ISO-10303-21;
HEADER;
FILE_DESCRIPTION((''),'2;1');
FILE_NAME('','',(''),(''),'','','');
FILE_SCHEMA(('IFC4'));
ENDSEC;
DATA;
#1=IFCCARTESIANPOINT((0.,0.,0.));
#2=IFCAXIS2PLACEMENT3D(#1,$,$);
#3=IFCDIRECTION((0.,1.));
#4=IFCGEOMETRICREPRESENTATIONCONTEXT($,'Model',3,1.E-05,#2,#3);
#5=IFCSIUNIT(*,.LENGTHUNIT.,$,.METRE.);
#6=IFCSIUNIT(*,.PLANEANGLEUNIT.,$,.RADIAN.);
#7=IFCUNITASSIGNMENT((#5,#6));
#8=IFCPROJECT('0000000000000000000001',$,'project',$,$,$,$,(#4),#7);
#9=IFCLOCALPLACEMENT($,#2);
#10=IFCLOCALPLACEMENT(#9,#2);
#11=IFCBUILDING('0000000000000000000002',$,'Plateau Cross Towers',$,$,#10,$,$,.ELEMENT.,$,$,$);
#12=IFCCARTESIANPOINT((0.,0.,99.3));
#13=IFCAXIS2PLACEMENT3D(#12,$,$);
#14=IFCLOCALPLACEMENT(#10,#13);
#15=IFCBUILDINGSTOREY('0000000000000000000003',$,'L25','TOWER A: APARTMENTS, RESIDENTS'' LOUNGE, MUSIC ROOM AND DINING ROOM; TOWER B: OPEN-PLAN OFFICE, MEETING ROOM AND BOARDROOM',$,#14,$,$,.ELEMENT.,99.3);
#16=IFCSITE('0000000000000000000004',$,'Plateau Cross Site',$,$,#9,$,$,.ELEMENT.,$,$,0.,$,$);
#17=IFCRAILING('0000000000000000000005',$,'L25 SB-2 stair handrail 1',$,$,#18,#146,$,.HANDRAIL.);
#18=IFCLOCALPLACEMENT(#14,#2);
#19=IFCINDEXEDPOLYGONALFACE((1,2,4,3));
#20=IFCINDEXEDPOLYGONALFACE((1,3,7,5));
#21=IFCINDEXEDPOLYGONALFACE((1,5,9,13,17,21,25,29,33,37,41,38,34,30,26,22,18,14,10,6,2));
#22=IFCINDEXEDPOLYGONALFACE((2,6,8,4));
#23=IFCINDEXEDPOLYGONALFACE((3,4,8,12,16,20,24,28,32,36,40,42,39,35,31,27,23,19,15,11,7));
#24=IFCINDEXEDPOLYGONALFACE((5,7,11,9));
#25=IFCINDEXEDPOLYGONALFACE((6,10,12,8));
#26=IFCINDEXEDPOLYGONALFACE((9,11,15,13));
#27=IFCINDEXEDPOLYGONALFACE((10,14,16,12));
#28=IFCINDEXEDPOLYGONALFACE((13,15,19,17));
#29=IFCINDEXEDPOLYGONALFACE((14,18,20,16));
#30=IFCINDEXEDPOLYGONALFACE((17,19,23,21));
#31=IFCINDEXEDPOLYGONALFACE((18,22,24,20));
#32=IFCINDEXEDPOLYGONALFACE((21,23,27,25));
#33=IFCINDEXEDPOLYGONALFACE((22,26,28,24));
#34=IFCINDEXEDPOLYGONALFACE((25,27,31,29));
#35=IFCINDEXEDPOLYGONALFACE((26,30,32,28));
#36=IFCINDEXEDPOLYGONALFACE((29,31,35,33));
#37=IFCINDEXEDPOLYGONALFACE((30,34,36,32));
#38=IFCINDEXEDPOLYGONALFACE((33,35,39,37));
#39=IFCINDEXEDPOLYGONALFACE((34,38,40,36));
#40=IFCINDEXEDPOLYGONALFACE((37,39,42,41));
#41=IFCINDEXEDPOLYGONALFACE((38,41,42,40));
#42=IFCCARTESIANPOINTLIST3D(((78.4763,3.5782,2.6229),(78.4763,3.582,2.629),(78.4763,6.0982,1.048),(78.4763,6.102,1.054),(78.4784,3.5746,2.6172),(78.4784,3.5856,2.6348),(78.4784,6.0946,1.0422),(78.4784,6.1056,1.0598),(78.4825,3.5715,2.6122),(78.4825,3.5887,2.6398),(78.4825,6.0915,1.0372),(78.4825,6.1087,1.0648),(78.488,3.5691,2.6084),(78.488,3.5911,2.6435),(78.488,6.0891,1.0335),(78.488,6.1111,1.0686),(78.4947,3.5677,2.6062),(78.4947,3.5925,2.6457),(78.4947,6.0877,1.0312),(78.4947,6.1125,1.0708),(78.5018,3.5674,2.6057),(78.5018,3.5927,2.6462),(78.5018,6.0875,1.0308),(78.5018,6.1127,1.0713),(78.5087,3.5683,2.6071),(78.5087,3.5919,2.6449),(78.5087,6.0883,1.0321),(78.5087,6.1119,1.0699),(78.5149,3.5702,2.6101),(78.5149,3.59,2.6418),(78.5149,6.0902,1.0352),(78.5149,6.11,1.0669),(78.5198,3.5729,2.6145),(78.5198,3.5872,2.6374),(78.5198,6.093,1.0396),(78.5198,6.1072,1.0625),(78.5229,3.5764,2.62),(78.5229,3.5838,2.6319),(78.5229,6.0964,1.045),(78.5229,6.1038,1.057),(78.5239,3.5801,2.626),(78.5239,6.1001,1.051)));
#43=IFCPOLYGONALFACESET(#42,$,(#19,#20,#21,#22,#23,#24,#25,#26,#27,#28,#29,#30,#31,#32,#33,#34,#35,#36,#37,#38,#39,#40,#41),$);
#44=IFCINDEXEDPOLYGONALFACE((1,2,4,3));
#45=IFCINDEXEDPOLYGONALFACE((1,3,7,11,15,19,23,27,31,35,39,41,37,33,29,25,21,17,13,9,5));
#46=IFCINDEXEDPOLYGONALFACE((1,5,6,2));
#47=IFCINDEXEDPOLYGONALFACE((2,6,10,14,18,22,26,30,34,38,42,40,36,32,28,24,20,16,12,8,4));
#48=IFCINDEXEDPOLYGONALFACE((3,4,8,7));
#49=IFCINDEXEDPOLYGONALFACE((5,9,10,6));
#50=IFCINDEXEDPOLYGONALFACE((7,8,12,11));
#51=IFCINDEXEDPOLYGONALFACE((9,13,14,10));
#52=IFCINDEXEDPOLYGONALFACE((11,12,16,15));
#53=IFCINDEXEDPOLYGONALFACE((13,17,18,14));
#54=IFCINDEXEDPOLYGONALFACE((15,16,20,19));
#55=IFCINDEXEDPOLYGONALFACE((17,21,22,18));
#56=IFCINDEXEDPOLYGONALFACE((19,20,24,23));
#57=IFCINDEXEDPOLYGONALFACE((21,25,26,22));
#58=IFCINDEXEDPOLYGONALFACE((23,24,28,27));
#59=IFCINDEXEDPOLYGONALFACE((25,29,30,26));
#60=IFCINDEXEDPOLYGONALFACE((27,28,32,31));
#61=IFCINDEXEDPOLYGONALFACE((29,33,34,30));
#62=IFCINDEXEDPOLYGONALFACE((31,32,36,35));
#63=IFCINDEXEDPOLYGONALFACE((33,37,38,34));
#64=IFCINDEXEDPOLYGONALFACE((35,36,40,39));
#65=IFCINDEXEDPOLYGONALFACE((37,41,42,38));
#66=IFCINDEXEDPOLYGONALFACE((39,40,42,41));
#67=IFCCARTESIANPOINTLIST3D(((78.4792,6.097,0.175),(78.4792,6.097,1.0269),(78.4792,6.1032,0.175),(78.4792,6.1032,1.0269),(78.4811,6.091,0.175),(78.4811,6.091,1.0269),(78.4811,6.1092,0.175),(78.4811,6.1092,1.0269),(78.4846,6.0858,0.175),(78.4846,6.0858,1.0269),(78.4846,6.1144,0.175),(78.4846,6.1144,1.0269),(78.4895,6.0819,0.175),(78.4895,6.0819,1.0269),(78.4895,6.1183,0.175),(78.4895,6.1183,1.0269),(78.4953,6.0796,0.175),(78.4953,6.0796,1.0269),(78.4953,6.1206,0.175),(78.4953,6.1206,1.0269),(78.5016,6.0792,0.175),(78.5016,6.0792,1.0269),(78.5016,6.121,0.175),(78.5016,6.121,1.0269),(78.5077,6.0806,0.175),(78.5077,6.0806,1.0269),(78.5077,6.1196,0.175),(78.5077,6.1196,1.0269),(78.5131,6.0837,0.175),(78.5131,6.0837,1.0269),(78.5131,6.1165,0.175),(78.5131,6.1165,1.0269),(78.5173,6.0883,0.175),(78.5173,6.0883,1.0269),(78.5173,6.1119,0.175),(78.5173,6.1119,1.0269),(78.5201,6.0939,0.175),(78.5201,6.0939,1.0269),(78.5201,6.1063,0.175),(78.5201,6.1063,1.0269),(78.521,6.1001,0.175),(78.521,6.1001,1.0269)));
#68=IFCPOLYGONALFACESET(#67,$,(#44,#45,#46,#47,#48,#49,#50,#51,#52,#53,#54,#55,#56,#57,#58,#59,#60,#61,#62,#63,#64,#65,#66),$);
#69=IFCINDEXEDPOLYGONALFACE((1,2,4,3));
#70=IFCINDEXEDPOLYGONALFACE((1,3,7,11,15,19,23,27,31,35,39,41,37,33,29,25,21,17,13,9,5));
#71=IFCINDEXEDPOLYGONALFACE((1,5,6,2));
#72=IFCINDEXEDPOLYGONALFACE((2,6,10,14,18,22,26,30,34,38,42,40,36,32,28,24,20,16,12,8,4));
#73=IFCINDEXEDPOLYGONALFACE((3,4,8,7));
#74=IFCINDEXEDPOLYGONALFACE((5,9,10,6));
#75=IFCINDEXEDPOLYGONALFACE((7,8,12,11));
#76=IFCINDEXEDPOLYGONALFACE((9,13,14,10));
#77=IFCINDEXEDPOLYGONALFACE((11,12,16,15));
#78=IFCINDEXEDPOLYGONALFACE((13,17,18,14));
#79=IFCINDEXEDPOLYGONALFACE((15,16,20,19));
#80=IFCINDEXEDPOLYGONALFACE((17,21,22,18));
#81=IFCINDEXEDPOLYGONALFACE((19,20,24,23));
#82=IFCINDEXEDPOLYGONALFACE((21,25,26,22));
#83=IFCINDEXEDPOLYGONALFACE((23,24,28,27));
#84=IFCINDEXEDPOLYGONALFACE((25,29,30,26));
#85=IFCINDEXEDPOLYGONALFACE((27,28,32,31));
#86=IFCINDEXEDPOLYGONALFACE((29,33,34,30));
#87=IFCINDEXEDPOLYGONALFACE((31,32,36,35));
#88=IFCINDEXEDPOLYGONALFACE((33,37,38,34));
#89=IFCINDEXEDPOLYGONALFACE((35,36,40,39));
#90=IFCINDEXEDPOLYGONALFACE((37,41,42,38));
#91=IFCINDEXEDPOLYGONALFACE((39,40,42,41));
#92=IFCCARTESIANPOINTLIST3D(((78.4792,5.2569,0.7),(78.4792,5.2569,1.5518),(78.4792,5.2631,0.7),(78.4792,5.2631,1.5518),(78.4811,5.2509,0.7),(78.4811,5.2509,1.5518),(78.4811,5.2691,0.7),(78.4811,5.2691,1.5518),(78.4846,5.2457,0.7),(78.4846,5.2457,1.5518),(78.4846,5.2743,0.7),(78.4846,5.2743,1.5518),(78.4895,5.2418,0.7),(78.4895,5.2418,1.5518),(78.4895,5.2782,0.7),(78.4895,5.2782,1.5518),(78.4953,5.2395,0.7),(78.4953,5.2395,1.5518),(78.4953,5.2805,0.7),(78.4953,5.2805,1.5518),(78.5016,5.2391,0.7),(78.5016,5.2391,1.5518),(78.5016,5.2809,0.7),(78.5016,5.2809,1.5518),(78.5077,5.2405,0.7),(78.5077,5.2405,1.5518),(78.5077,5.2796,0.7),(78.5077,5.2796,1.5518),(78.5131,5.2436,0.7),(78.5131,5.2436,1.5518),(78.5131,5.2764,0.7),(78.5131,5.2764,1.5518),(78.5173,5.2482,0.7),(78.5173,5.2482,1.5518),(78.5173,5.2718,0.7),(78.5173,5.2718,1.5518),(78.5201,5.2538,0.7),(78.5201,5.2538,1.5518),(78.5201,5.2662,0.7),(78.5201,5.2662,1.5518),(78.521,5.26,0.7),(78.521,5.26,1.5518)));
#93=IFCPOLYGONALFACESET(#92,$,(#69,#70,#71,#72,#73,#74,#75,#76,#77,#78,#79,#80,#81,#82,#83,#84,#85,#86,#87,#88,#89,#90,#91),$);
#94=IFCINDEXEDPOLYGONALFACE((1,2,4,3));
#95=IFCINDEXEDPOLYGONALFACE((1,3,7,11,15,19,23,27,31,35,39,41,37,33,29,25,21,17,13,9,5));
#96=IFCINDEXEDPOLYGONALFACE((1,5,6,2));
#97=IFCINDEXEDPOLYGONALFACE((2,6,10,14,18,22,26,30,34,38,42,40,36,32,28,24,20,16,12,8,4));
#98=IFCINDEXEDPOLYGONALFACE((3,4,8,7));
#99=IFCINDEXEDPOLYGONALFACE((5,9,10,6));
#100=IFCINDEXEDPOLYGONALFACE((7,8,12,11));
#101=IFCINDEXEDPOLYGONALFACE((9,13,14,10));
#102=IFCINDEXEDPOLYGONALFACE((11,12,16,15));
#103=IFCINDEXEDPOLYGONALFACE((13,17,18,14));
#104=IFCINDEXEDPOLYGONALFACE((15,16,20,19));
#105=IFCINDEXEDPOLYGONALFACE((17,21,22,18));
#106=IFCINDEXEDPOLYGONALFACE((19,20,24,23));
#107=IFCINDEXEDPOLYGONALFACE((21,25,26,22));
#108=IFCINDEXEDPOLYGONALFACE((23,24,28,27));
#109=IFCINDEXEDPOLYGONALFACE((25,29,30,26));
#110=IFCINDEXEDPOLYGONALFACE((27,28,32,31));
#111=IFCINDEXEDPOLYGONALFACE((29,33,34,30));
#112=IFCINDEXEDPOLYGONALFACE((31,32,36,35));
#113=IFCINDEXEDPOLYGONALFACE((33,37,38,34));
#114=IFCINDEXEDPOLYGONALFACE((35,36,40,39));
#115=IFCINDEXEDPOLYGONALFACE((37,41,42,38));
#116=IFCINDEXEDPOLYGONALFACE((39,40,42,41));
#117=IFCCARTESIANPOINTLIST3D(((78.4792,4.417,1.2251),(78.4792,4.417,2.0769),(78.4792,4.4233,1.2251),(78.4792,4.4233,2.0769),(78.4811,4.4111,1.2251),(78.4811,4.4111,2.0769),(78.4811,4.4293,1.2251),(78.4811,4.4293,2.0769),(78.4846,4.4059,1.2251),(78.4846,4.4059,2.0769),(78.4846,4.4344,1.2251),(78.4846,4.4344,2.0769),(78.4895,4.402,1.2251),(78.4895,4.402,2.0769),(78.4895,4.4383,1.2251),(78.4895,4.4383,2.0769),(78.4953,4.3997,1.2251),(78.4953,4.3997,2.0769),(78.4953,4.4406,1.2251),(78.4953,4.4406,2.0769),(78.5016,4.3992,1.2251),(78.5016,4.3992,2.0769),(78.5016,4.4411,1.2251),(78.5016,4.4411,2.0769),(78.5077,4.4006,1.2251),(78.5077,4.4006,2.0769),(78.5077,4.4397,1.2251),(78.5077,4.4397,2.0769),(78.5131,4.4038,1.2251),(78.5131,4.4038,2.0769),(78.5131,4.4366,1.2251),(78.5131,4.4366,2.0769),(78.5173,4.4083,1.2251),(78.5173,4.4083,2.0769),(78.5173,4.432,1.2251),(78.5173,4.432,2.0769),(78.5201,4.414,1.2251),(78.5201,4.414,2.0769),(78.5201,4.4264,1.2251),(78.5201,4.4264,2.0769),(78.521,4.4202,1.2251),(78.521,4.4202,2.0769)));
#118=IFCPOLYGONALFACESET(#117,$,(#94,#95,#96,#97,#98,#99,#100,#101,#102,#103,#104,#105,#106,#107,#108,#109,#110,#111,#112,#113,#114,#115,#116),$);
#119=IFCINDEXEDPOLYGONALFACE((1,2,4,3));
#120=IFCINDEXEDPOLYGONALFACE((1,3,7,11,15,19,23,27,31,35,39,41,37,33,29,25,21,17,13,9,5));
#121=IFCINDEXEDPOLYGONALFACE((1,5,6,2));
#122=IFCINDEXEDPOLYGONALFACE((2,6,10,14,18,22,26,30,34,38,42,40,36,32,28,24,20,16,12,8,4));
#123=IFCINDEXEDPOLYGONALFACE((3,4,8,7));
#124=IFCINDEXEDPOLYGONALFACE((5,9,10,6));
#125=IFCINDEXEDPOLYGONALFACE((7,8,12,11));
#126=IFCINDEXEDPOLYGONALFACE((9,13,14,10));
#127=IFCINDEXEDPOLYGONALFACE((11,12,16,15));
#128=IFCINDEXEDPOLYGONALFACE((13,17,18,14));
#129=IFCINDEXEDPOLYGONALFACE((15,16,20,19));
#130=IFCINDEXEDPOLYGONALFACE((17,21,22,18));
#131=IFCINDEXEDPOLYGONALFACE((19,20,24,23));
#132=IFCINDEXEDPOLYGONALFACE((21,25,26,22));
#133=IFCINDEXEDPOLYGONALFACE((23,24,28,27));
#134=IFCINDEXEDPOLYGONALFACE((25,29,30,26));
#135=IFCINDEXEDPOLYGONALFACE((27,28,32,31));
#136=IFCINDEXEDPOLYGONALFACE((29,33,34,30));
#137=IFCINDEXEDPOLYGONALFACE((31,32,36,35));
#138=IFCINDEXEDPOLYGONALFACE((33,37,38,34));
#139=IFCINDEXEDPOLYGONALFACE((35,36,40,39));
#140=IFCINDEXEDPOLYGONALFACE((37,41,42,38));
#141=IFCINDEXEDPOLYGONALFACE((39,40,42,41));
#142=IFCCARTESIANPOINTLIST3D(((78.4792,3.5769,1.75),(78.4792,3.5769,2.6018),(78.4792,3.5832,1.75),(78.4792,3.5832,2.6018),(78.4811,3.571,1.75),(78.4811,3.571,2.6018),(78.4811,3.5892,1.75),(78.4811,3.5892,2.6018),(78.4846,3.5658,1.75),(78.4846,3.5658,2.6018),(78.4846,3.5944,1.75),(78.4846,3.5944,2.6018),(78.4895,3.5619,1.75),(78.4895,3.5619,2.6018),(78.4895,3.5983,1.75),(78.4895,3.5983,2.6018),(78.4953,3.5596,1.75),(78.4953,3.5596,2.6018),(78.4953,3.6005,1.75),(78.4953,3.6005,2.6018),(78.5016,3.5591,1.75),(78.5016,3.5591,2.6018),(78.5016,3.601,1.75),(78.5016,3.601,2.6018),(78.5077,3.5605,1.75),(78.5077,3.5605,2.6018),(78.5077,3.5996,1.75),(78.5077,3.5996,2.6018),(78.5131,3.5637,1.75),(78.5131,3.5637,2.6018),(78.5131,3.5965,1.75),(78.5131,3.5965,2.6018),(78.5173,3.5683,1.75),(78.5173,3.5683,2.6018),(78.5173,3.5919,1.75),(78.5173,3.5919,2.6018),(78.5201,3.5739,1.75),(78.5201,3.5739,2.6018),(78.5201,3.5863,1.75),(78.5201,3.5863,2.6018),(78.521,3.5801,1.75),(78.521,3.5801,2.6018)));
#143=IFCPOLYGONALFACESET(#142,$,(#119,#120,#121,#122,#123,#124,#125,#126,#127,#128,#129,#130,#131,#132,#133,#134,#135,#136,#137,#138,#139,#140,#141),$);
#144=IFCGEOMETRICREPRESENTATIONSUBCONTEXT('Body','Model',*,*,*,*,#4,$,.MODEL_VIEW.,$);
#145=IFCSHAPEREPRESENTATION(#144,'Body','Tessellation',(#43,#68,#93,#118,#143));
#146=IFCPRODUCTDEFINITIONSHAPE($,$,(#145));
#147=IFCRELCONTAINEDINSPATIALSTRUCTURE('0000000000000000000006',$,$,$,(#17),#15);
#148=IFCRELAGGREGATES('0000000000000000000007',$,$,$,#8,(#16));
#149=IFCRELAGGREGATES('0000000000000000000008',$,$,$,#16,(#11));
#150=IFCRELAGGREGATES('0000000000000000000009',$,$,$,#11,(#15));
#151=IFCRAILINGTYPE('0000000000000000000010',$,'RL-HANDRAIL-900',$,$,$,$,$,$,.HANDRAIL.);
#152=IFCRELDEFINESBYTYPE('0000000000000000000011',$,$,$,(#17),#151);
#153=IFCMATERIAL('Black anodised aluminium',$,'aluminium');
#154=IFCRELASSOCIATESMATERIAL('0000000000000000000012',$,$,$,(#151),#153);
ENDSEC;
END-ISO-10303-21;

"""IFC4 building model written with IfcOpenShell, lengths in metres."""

from ifc_helpers import new_model, si_unit, direction, frame, origin, origin_2d, place, context, subcontext, project, spatial, circle, extrude, material, type_object, element, save


model = new_model("IFC4")

# Units and contexts
model_context = context("Model", 3, precision=1e-05, world=origin(), true_north=direction((0.0, 1.0)))
body_context = subcontext(model_context, "Body", "Model", "MODEL_VIEW")
ifc_project = project(units=[si_unit("LENGTHUNIT", "METRE"), si_unit("PLANEANGLEUNIT", "RADIAN")], contexts=[model_context])

# Site, building, storey
site_placement = place(None, origin())
site = spatial("IfcSite", under=ifc_project, at=site_placement, Name="Plateau Cross Site", CompositionType="ELEMENT", RefElevation=0.0)
building_placement = place(site_placement, origin())
building = spatial("IfcBuilding", under=site, at=building_placement, Name="Plateau Cross Towers", CompositionType="ELEMENT")
storey_placement = place(building_placement, frame((0.0, 0.0, 99.3)))
storey = spatial("IfcBuildingStorey", under=building, at=storey_placement, Name="L25", Description="TOWER A: APARTMENTS, RESIDENTS' LOUNGE, MUSIC ROOM AND DINING ROOM; TOWER B: OPEN-PLAN OFFICE, MEETING ROOM AND BOARDROOM", CompositionType="ELEMENT", Elevation=99.3)

# Railing
ifc_material_1 = material(Name="Black anodised aluminium", Category="aluminium")
railing_type_1 = type_object("IfcRailingType", Name="RL-HANDRAIL-900", PredefinedType="HANDRAIL", material=ifc_material_1)
railing_1_placement = place(storey_placement, frame((78.5, 6.1001, 0.175)))
element("IfcRailing", 1, at=railing_1_placement, inside=storey, type_object=railing_type_1, Name="L25 SB-2 stair handrail 1", PredefinedType="HANDRAIL", context=body_context, shape_type="SweptSolid", body=[
    extrude(circle(Radius=0.0239, at=origin_2d()), frame((0.0, 0.0, 0.876), z_axis=(0.0, -0.848008, 0.529984), x_axis=(1.0, 0.0, 0.0)), (0.0, 0.0, 1.0), 2.9717),
    extrude(circle(Radius=0.021, at=origin_2d()), origin(), (0.0, 0.0, 1.0), 0.8518),
    extrude(circle(Radius=0.021, at=origin_2d()), frame((0.0, -0.8401, 0.5249)), (0.0, 0.0, 1.0), 0.8518),
    extrude(circle(Radius=0.021, at=origin_2d()), frame((0.0, -1.6799, 1.05)), (0.0, 0.0, 1.0), 0.8518),
    extrude(circle(Radius=0.021, at=origin_2d()), frame((0.0, -2.52, 1.575)), (0.0, 0.0, 1.0), 0.8518),
])

save(model, "model.ifc")
